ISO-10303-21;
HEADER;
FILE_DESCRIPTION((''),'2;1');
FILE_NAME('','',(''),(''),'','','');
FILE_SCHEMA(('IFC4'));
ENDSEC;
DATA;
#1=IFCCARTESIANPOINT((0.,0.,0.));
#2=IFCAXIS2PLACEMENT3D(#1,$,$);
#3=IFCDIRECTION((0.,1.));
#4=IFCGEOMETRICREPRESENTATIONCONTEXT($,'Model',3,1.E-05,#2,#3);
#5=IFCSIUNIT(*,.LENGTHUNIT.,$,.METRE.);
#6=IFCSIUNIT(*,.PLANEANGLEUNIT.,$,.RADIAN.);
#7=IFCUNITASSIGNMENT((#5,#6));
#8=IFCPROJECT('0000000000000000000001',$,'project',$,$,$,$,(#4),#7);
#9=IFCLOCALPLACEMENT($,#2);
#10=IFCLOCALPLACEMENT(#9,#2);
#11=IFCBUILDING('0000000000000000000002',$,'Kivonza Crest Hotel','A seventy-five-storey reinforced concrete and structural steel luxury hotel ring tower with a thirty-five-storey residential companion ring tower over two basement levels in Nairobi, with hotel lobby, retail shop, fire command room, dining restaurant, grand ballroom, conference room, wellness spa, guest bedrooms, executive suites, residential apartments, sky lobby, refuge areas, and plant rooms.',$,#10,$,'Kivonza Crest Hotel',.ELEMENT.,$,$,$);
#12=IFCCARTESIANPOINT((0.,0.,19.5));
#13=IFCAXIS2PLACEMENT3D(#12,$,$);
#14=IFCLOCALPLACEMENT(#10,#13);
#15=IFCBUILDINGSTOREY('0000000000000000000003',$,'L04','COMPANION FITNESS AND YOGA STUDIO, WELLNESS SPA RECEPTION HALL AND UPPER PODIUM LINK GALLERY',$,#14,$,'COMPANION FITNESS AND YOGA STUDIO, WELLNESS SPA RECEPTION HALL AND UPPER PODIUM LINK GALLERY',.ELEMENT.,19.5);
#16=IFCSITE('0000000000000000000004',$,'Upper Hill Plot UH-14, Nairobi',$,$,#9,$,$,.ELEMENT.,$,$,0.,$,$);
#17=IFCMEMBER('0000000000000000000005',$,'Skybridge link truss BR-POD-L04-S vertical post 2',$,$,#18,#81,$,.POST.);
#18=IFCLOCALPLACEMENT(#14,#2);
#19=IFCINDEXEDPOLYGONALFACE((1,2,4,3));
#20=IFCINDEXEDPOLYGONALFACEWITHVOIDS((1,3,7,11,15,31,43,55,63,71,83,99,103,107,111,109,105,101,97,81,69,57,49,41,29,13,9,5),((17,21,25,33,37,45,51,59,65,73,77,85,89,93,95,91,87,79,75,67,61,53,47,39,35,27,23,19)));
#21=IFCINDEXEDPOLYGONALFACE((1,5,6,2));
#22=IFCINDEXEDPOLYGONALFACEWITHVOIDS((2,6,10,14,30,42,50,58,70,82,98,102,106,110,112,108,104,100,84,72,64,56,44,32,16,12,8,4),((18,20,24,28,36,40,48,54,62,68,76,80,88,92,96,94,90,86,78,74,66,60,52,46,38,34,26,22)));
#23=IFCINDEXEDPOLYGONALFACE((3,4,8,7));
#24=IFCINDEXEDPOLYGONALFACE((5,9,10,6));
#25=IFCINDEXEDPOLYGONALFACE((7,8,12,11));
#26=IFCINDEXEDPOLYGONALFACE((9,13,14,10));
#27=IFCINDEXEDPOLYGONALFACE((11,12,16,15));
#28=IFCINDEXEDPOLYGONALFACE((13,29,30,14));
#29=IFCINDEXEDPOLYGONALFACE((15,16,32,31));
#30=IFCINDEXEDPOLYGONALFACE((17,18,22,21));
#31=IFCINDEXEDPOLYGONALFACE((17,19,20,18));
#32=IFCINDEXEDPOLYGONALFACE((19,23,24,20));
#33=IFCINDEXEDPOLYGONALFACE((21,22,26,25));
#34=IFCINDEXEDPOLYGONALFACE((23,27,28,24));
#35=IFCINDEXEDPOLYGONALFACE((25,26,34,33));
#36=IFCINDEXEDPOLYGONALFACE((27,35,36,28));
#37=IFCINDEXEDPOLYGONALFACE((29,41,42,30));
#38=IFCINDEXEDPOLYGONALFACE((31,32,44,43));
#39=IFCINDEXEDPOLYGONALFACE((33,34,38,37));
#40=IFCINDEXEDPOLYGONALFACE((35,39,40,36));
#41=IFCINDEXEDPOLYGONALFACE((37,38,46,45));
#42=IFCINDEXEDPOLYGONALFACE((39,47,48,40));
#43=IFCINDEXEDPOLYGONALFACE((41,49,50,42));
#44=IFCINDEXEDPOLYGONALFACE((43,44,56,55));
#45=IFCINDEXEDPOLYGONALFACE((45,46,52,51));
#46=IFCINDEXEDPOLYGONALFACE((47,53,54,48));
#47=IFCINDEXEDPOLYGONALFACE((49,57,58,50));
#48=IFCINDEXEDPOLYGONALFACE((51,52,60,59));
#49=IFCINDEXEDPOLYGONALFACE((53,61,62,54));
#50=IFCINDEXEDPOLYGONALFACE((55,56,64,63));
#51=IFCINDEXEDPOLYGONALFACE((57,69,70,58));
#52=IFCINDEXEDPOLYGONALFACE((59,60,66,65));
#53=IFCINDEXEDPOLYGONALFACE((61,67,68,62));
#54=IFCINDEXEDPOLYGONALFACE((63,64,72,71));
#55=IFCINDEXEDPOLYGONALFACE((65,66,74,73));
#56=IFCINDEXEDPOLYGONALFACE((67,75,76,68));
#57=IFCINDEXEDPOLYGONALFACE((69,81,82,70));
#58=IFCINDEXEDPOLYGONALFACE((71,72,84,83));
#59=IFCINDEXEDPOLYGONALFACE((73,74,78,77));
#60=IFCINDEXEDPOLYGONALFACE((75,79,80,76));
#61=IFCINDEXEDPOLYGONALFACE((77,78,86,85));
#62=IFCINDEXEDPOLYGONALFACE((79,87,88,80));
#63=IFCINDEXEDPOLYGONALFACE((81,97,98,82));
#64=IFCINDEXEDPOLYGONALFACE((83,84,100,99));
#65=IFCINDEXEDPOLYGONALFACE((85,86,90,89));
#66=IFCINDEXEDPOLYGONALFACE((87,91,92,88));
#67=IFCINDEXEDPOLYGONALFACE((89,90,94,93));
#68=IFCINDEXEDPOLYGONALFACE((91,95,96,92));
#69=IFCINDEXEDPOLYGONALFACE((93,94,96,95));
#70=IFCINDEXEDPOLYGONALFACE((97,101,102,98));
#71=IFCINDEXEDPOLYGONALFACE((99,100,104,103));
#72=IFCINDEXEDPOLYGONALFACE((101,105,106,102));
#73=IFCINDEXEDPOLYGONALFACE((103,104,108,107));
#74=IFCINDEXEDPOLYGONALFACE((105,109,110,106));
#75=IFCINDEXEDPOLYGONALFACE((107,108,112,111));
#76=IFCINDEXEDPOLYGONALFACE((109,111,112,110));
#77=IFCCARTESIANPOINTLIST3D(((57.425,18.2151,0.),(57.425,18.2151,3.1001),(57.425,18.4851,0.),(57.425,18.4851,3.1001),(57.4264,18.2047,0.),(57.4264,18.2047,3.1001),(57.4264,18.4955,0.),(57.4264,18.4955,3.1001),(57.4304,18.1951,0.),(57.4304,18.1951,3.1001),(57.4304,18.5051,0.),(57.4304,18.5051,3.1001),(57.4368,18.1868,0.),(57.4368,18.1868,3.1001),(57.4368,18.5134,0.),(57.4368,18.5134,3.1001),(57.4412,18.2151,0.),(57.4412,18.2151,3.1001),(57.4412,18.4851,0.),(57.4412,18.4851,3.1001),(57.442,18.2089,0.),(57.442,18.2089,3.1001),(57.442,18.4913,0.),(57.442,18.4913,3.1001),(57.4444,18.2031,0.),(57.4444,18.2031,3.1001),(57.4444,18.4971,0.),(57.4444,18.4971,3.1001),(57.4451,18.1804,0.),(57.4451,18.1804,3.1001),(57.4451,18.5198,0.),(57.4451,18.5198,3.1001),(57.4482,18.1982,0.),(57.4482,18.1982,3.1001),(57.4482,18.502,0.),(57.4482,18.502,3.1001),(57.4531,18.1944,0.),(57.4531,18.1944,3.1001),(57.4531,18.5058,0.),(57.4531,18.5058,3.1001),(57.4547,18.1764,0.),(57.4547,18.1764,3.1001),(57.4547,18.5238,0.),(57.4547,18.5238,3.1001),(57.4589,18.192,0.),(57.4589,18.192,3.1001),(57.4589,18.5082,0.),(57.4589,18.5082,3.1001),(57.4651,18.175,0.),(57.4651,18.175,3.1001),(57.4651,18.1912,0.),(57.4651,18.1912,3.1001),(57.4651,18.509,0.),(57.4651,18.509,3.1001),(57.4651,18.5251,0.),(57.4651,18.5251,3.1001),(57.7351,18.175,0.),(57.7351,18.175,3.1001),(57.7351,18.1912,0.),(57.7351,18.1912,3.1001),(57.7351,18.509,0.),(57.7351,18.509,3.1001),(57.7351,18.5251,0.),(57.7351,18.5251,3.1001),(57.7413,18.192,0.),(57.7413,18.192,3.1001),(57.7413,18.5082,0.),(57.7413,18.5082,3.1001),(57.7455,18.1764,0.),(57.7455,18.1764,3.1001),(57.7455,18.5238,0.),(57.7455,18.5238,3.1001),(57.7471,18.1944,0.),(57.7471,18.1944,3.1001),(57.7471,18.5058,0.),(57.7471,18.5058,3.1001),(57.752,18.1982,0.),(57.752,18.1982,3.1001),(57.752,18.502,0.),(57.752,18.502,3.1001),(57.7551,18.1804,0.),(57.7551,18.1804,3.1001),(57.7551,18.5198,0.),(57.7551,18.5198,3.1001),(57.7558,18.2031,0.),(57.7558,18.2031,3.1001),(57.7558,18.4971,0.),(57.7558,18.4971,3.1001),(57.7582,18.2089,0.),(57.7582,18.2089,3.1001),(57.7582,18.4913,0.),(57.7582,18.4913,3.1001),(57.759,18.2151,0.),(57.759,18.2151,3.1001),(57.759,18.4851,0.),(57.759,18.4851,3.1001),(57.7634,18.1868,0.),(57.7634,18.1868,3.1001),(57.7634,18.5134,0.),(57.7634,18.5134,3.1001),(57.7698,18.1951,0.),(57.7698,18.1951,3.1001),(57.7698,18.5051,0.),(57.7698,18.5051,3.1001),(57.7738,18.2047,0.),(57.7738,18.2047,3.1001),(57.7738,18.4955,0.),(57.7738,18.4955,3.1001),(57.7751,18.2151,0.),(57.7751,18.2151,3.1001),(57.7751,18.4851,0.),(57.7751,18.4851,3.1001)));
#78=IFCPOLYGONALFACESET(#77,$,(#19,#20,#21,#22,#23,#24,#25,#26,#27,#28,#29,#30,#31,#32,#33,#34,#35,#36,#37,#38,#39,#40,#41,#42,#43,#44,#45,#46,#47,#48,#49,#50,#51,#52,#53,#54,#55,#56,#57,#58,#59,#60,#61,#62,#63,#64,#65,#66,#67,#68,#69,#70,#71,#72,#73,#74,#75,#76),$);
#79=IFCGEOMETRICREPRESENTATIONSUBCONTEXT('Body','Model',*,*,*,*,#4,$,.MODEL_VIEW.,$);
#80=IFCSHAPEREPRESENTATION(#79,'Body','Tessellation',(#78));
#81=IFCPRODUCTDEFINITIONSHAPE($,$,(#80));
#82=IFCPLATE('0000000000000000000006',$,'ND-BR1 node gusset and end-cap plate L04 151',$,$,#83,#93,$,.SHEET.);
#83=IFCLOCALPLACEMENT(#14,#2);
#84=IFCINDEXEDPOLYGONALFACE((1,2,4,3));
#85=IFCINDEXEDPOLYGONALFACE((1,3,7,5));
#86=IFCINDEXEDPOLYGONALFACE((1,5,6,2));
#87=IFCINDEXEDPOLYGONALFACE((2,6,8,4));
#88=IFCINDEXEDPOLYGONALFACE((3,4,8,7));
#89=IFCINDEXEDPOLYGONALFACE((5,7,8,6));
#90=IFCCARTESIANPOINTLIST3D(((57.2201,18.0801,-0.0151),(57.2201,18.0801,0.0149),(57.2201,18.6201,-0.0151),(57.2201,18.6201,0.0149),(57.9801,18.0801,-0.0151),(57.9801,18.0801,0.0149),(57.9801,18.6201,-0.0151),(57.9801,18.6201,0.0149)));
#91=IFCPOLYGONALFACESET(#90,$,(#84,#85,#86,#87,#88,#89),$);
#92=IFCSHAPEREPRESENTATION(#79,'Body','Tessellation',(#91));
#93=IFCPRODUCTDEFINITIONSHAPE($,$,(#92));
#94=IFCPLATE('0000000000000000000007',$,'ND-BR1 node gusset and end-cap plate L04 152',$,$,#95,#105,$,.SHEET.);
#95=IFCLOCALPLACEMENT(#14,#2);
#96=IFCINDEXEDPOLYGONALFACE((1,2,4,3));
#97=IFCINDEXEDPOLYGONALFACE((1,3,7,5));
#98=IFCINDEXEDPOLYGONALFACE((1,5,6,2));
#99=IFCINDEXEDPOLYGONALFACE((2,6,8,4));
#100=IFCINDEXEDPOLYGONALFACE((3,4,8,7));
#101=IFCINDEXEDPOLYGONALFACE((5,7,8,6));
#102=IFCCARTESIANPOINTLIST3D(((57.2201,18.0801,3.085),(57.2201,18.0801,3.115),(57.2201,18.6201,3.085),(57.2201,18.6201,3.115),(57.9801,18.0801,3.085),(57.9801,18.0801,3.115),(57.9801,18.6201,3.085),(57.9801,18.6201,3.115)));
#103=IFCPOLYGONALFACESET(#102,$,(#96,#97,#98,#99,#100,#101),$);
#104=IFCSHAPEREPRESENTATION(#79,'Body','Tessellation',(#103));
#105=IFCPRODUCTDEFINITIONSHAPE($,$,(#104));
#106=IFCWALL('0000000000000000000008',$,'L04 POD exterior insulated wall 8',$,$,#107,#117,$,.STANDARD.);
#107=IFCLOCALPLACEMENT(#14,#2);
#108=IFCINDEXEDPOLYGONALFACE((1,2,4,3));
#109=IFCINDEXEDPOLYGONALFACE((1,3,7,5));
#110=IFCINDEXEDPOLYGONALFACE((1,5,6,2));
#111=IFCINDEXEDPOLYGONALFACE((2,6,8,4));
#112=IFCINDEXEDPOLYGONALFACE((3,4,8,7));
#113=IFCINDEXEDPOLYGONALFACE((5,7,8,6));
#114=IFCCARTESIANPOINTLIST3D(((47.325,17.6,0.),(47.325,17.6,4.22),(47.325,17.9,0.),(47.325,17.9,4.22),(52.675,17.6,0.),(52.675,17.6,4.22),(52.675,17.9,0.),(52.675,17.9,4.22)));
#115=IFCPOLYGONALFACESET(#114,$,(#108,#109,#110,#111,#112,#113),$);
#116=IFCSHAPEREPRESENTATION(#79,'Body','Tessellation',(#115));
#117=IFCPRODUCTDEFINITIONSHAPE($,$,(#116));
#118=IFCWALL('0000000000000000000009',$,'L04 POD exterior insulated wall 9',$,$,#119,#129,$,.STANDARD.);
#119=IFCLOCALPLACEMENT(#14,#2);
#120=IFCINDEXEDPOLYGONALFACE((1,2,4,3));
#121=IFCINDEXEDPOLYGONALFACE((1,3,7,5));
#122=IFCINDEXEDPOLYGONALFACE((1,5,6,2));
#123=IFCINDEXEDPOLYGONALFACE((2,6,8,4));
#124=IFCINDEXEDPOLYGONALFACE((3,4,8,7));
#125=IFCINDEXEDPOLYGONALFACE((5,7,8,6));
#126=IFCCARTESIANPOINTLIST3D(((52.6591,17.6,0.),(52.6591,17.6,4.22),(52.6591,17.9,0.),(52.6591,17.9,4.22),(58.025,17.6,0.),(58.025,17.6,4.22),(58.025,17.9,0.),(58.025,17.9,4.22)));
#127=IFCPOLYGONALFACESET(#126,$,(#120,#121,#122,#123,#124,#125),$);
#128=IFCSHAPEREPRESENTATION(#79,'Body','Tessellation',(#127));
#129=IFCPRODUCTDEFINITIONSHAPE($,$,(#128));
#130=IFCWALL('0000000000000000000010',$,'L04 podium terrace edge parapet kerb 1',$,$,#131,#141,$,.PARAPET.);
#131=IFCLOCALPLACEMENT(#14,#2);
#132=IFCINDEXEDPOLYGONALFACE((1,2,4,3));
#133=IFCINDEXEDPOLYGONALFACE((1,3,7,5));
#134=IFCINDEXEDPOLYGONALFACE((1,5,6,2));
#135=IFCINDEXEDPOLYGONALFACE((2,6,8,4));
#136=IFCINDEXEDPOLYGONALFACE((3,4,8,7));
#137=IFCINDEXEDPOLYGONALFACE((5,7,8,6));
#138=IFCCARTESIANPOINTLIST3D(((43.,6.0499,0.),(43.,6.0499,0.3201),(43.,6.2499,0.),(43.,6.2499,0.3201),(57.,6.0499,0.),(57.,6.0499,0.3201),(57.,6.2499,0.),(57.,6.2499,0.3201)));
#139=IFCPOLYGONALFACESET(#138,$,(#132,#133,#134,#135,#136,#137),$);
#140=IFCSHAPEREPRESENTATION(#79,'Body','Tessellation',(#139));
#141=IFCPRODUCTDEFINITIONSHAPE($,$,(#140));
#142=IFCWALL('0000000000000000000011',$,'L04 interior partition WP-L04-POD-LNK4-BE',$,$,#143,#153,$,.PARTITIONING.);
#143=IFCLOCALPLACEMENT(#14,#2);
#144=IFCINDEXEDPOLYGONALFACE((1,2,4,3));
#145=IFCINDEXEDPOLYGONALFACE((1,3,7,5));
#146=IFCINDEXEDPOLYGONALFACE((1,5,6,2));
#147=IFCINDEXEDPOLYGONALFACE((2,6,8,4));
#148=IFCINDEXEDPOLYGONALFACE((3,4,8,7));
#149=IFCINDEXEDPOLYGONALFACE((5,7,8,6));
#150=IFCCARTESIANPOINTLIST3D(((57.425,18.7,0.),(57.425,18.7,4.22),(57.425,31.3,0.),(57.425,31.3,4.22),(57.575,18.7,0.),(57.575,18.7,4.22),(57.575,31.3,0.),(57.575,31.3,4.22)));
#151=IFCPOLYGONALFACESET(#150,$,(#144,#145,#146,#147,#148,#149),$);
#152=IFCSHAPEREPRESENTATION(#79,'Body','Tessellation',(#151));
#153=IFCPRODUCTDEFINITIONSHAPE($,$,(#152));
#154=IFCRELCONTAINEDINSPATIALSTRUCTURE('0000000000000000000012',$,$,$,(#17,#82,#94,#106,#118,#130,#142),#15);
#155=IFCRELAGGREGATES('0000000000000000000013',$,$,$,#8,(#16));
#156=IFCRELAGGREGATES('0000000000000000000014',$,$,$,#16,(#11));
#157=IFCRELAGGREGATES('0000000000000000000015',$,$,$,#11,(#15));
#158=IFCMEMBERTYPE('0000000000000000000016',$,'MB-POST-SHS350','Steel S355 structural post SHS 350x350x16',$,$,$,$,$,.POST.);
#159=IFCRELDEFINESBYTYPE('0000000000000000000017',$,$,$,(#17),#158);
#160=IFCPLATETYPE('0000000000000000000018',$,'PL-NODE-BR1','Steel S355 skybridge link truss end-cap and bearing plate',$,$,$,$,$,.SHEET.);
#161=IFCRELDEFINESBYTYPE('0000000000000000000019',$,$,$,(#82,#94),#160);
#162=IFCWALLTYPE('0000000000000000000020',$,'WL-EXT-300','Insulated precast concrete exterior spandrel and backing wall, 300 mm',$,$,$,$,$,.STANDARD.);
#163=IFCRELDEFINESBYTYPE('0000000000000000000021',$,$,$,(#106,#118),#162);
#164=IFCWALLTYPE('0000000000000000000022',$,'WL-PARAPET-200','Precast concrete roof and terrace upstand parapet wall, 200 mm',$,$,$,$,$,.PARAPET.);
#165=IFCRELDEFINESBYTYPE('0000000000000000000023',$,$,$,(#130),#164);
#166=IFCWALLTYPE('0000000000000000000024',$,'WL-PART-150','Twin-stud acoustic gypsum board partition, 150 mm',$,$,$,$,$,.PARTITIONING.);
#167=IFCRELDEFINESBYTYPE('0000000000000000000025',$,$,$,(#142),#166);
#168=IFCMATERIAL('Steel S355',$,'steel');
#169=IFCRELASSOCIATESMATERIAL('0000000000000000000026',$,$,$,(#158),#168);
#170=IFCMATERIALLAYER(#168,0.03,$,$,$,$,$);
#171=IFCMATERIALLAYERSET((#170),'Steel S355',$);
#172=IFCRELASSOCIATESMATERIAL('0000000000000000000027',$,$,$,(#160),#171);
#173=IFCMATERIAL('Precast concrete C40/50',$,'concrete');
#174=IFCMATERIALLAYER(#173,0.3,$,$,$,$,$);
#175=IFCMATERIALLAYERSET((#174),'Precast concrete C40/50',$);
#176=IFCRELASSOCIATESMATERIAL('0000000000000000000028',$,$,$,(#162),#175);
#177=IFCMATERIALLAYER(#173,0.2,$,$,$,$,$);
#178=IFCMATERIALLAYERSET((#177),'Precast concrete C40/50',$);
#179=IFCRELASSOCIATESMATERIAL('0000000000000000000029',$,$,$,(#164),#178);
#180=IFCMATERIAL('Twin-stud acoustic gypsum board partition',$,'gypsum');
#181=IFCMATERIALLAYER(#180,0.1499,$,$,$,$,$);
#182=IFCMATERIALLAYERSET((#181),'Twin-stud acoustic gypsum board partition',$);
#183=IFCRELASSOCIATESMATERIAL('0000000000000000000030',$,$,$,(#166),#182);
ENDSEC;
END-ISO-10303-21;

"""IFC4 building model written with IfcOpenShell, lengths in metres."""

from ifc_helpers import new_model, si_unit, direction, frame, frame_2d, origin, origin_2d, place, context, subcontext, project, spatial, rectangle, hollow_rectangle, extrude, material, layer, layer_set, material_profile, profile_set, type_object, element, save


model = new_model("IFC4")

# Units and contexts
model_context = context("Model", 3, precision=1e-05, world=origin(), true_north=direction((0.0, 1.0)))
body_context = subcontext(model_context, "Body", "Model", "MODEL_VIEW")
ifc_project = project(units=[si_unit("LENGTHUNIT", "METRE"), si_unit("PLANEANGLEUNIT", "RADIAN")], contexts=[model_context])

# Site, building, storey
site_placement = place(None, origin())
site = spatial("IfcSite", under=ifc_project, at=site_placement, Name="Upper Hill Plot UH-14, Nairobi", CompositionType="ELEMENT", RefElevation=0.0)
building_placement = place(site_placement, origin())
building = spatial("IfcBuilding", under=site, at=building_placement, Name="Kivonza Crest Hotel", Description="A seventy-five-storey reinforced concrete and structural steel luxury hotel ring tower with a thirty-five-storey residential companion ring tower over two basement levels in Nairobi, with hotel lobby, retail shop, fire command room, dining restaurant, grand ballroom, conference room, wellness spa, guest bedrooms, executive suites, residential apartments, sky lobby, refuge areas, and plant rooms.", LongName="Kivonza Crest Hotel", CompositionType="ELEMENT")
storey_placement = place(building_placement, frame((0.0, 0.0, 19.5)))
storey = spatial("IfcBuildingStorey", under=building, at=storey_placement, Name="L04", Description="COMPANION FITNESS AND YOGA STUDIO, WELLNESS SPA RECEPTION HALL AND UPPER PODIUM LINK GALLERY", LongName="COMPANION FITNESS AND YOGA STUDIO, WELLNESS SPA RECEPTION HALL AND UPPER PODIUM LINK GALLERY", CompositionType="ELEMENT", Elevation=19.5)

# Shared definitions
ifc_material_1 = material(Name="Steel S355", Category="steel")

# Member
ifc_material_profile_1 = material_profile(ifc_material_1, hollow_rectangle(XDim=0.3501, YDim=0.3501, WallThickness=0.0161, InnerFilletRadius=0.0239, OuterFilletRadius=0.04, at=origin_2d()), Name="SHS 350x350x16")
ifc_profile_set_1 = profile_set([ifc_material_profile_1], Name="Steel S355")
member_type_1 = type_object("IfcMemberType", Name="MB-POST-SHS350", Description="Steel S355 structural post SHS 350x350x16", PredefinedType="POST", material=ifc_profile_set_1)
member_1_placement = place(storey_placement, frame((57.6001, 18.3501, 0.0), z_axis=(0.0, 0.0, 1.0), x_axis=(1.0, 0.0, 0.0)))
element("IfcMember", 1, at=member_1_placement, inside=storey, type_object=member_type_1, Name="Skybridge link truss BR-POD-L04-S vertical post 2", PredefinedType="POST", context=body_context, shape_type="SweptSolid", body=[
    extrude(hollow_rectangle(XDim=0.3501, YDim=0.3501, WallThickness=0.0161, InnerFilletRadius=0.0239, OuterFilletRadius=0.04, at=origin_2d()), origin(), (0.0, 0.0, 1.0), 3.1001),
])

# Plates
ifc_layer_1 = layer(ifc_material_1, 0.03)
ifc_layer_set_1 = layer_set([ifc_layer_1], Name="Steel S355")
plate_type = type_object("IfcPlateType", Name="PL-NODE-BR1", Description="Steel S355 skybridge link truss end-cap and bearing plate", PredefinedType="SHEET", material=ifc_layer_set_1)
for number, where, z_axis, x_axis, name in (
    (2, (57.6001, 18.3501, -0.0151), (0.0, 0.0, 1.0), (1.0, 0.0, 0.0), "ND-BR1 node gusset and end-cap plate L04 151"),
    (3, (57.6001, 18.3501, 3.085), (0.0, 0.0, 1.0), (1.0, 0.0, 0.0), "ND-BR1 node gusset and end-cap plate L04 152"),
):
    element("IfcPlate", number, at=place(storey_placement, frame(where, z_axis=z_axis, x_axis=x_axis)), inside=storey, type_object=plate_type, Name=name, PredefinedType="SHEET", context=body_context, shape_type="SweptSolid", body=[
        extrude(rectangle(XDim=0.76, YDim=0.54, at=origin_2d()), origin(), (0.0, 0.0, 1.0), 0.03),
    ])

# Walls
ifc_material_2 = material(Name="Precast concrete C40/50", Category="concrete")
ifc_layer_2 = layer(ifc_material_2, 0.3)
ifc_layer_set_2 = layer_set([ifc_layer_2], Name="Precast concrete C40/50")
wall_type_1 = type_object("IfcWallType", Name="WL-EXT-300", Description="Insulated precast concrete exterior spandrel and backing wall, 300 mm", PredefinedType="STANDARD", material=ifc_layer_set_2)
wall_1_placement = place(storey_placement, frame((47.325, 17.75, 0.0), z_axis=(0.0, 0.0, 1.0), x_axis=(1.0, 0.0, 0.0)))
element("IfcWall", 4, at=wall_1_placement, inside=storey, type_object=wall_type_1, Name="L04 POD exterior insulated wall 8", PredefinedType="STANDARD", context=body_context, shape_type="SweptSolid", body=[
    extrude(rectangle(XDim=5.3501, YDim=0.3, at=frame_2d((2.675, 0.0))), origin(), (0.0, 0.0, 1.0), 4.22),
])
wall_2_placement = place(storey_placement, frame((52.6589, 17.75, 0.0), z_axis=(0.0, 0.0, 1.0), x_axis=(1.0, 0.0, 0.0)))
element("IfcWall", 5, at=wall_2_placement, inside=storey, type_object=wall_type_1, Name="L04 POD exterior insulated wall 9", PredefinedType="STANDARD", context=body_context, shape_type="SweptSolid", body=[
    extrude(rectangle(XDim=5.366, YDim=0.3, at=frame_2d((2.6831, 0.0))), origin(), (0.0, 0.0, 1.0), 4.22),
])
ifc_layer_3 = layer(ifc_material_2, 0.2)
ifc_layer_set_3 = layer_set([ifc_layer_3], Name="Precast concrete C40/50")
wall_type_2 = type_object("IfcWallType", Name="WL-PARAPET-200", Description="Precast concrete roof and terrace upstand parapet wall, 200 mm", PredefinedType="PARAPET", material=ifc_layer_set_3)
wall_3_placement = place(storey_placement, frame((43.0, 6.1499, 0.0), z_axis=(0.0, 0.0, 1.0), x_axis=(1.0, 0.0, 0.0)))
element("IfcWall", 6, at=wall_3_placement, inside=storey, type_object=wall_type_2, Name="L04 podium terrace edge parapet kerb 1", PredefinedType="PARAPET", context=body_context, shape_type="SweptSolid", body=[
    extrude(rectangle(XDim=14.0, YDim=0.2, at=frame_2d((7.0, 0.0))), origin(), (0.0, 0.0, 1.0), 0.3201),
])
ifc_material_3 = material(Name="Twin-stud acoustic gypsum board partition", Category="gypsum")
ifc_layer_4 = layer(ifc_material_3, 0.1499)
ifc_layer_set_4 = layer_set([ifc_layer_4], Name="Twin-stud acoustic gypsum board partition")
wall_type_3 = type_object("IfcWallType", Name="WL-PART-150", Description="Twin-stud acoustic gypsum board partition, 150 mm", PredefinedType="PARTITIONING", material=ifc_layer_set_4)
wall_4_placement = place(storey_placement, frame((57.5, 18.7, 0.0), z_axis=(0.0, 0.0, 1.0), x_axis=(0.0, 1.0, 0.0)))
element("IfcWall", 7, at=wall_4_placement, inside=storey, type_object=wall_type_3, Name="L04 interior partition WP-L04-POD-LNK4-BE", PredefinedType="PARTITIONING", context=body_context, shape_type="SweptSolid", body=[
    extrude(rectangle(XDim=12.6001, YDim=0.1499, at=frame_2d((6.3, 0.0))), origin(), (0.0, 0.0, 1.0), 4.22),
])

save(model, "model.ifc")
